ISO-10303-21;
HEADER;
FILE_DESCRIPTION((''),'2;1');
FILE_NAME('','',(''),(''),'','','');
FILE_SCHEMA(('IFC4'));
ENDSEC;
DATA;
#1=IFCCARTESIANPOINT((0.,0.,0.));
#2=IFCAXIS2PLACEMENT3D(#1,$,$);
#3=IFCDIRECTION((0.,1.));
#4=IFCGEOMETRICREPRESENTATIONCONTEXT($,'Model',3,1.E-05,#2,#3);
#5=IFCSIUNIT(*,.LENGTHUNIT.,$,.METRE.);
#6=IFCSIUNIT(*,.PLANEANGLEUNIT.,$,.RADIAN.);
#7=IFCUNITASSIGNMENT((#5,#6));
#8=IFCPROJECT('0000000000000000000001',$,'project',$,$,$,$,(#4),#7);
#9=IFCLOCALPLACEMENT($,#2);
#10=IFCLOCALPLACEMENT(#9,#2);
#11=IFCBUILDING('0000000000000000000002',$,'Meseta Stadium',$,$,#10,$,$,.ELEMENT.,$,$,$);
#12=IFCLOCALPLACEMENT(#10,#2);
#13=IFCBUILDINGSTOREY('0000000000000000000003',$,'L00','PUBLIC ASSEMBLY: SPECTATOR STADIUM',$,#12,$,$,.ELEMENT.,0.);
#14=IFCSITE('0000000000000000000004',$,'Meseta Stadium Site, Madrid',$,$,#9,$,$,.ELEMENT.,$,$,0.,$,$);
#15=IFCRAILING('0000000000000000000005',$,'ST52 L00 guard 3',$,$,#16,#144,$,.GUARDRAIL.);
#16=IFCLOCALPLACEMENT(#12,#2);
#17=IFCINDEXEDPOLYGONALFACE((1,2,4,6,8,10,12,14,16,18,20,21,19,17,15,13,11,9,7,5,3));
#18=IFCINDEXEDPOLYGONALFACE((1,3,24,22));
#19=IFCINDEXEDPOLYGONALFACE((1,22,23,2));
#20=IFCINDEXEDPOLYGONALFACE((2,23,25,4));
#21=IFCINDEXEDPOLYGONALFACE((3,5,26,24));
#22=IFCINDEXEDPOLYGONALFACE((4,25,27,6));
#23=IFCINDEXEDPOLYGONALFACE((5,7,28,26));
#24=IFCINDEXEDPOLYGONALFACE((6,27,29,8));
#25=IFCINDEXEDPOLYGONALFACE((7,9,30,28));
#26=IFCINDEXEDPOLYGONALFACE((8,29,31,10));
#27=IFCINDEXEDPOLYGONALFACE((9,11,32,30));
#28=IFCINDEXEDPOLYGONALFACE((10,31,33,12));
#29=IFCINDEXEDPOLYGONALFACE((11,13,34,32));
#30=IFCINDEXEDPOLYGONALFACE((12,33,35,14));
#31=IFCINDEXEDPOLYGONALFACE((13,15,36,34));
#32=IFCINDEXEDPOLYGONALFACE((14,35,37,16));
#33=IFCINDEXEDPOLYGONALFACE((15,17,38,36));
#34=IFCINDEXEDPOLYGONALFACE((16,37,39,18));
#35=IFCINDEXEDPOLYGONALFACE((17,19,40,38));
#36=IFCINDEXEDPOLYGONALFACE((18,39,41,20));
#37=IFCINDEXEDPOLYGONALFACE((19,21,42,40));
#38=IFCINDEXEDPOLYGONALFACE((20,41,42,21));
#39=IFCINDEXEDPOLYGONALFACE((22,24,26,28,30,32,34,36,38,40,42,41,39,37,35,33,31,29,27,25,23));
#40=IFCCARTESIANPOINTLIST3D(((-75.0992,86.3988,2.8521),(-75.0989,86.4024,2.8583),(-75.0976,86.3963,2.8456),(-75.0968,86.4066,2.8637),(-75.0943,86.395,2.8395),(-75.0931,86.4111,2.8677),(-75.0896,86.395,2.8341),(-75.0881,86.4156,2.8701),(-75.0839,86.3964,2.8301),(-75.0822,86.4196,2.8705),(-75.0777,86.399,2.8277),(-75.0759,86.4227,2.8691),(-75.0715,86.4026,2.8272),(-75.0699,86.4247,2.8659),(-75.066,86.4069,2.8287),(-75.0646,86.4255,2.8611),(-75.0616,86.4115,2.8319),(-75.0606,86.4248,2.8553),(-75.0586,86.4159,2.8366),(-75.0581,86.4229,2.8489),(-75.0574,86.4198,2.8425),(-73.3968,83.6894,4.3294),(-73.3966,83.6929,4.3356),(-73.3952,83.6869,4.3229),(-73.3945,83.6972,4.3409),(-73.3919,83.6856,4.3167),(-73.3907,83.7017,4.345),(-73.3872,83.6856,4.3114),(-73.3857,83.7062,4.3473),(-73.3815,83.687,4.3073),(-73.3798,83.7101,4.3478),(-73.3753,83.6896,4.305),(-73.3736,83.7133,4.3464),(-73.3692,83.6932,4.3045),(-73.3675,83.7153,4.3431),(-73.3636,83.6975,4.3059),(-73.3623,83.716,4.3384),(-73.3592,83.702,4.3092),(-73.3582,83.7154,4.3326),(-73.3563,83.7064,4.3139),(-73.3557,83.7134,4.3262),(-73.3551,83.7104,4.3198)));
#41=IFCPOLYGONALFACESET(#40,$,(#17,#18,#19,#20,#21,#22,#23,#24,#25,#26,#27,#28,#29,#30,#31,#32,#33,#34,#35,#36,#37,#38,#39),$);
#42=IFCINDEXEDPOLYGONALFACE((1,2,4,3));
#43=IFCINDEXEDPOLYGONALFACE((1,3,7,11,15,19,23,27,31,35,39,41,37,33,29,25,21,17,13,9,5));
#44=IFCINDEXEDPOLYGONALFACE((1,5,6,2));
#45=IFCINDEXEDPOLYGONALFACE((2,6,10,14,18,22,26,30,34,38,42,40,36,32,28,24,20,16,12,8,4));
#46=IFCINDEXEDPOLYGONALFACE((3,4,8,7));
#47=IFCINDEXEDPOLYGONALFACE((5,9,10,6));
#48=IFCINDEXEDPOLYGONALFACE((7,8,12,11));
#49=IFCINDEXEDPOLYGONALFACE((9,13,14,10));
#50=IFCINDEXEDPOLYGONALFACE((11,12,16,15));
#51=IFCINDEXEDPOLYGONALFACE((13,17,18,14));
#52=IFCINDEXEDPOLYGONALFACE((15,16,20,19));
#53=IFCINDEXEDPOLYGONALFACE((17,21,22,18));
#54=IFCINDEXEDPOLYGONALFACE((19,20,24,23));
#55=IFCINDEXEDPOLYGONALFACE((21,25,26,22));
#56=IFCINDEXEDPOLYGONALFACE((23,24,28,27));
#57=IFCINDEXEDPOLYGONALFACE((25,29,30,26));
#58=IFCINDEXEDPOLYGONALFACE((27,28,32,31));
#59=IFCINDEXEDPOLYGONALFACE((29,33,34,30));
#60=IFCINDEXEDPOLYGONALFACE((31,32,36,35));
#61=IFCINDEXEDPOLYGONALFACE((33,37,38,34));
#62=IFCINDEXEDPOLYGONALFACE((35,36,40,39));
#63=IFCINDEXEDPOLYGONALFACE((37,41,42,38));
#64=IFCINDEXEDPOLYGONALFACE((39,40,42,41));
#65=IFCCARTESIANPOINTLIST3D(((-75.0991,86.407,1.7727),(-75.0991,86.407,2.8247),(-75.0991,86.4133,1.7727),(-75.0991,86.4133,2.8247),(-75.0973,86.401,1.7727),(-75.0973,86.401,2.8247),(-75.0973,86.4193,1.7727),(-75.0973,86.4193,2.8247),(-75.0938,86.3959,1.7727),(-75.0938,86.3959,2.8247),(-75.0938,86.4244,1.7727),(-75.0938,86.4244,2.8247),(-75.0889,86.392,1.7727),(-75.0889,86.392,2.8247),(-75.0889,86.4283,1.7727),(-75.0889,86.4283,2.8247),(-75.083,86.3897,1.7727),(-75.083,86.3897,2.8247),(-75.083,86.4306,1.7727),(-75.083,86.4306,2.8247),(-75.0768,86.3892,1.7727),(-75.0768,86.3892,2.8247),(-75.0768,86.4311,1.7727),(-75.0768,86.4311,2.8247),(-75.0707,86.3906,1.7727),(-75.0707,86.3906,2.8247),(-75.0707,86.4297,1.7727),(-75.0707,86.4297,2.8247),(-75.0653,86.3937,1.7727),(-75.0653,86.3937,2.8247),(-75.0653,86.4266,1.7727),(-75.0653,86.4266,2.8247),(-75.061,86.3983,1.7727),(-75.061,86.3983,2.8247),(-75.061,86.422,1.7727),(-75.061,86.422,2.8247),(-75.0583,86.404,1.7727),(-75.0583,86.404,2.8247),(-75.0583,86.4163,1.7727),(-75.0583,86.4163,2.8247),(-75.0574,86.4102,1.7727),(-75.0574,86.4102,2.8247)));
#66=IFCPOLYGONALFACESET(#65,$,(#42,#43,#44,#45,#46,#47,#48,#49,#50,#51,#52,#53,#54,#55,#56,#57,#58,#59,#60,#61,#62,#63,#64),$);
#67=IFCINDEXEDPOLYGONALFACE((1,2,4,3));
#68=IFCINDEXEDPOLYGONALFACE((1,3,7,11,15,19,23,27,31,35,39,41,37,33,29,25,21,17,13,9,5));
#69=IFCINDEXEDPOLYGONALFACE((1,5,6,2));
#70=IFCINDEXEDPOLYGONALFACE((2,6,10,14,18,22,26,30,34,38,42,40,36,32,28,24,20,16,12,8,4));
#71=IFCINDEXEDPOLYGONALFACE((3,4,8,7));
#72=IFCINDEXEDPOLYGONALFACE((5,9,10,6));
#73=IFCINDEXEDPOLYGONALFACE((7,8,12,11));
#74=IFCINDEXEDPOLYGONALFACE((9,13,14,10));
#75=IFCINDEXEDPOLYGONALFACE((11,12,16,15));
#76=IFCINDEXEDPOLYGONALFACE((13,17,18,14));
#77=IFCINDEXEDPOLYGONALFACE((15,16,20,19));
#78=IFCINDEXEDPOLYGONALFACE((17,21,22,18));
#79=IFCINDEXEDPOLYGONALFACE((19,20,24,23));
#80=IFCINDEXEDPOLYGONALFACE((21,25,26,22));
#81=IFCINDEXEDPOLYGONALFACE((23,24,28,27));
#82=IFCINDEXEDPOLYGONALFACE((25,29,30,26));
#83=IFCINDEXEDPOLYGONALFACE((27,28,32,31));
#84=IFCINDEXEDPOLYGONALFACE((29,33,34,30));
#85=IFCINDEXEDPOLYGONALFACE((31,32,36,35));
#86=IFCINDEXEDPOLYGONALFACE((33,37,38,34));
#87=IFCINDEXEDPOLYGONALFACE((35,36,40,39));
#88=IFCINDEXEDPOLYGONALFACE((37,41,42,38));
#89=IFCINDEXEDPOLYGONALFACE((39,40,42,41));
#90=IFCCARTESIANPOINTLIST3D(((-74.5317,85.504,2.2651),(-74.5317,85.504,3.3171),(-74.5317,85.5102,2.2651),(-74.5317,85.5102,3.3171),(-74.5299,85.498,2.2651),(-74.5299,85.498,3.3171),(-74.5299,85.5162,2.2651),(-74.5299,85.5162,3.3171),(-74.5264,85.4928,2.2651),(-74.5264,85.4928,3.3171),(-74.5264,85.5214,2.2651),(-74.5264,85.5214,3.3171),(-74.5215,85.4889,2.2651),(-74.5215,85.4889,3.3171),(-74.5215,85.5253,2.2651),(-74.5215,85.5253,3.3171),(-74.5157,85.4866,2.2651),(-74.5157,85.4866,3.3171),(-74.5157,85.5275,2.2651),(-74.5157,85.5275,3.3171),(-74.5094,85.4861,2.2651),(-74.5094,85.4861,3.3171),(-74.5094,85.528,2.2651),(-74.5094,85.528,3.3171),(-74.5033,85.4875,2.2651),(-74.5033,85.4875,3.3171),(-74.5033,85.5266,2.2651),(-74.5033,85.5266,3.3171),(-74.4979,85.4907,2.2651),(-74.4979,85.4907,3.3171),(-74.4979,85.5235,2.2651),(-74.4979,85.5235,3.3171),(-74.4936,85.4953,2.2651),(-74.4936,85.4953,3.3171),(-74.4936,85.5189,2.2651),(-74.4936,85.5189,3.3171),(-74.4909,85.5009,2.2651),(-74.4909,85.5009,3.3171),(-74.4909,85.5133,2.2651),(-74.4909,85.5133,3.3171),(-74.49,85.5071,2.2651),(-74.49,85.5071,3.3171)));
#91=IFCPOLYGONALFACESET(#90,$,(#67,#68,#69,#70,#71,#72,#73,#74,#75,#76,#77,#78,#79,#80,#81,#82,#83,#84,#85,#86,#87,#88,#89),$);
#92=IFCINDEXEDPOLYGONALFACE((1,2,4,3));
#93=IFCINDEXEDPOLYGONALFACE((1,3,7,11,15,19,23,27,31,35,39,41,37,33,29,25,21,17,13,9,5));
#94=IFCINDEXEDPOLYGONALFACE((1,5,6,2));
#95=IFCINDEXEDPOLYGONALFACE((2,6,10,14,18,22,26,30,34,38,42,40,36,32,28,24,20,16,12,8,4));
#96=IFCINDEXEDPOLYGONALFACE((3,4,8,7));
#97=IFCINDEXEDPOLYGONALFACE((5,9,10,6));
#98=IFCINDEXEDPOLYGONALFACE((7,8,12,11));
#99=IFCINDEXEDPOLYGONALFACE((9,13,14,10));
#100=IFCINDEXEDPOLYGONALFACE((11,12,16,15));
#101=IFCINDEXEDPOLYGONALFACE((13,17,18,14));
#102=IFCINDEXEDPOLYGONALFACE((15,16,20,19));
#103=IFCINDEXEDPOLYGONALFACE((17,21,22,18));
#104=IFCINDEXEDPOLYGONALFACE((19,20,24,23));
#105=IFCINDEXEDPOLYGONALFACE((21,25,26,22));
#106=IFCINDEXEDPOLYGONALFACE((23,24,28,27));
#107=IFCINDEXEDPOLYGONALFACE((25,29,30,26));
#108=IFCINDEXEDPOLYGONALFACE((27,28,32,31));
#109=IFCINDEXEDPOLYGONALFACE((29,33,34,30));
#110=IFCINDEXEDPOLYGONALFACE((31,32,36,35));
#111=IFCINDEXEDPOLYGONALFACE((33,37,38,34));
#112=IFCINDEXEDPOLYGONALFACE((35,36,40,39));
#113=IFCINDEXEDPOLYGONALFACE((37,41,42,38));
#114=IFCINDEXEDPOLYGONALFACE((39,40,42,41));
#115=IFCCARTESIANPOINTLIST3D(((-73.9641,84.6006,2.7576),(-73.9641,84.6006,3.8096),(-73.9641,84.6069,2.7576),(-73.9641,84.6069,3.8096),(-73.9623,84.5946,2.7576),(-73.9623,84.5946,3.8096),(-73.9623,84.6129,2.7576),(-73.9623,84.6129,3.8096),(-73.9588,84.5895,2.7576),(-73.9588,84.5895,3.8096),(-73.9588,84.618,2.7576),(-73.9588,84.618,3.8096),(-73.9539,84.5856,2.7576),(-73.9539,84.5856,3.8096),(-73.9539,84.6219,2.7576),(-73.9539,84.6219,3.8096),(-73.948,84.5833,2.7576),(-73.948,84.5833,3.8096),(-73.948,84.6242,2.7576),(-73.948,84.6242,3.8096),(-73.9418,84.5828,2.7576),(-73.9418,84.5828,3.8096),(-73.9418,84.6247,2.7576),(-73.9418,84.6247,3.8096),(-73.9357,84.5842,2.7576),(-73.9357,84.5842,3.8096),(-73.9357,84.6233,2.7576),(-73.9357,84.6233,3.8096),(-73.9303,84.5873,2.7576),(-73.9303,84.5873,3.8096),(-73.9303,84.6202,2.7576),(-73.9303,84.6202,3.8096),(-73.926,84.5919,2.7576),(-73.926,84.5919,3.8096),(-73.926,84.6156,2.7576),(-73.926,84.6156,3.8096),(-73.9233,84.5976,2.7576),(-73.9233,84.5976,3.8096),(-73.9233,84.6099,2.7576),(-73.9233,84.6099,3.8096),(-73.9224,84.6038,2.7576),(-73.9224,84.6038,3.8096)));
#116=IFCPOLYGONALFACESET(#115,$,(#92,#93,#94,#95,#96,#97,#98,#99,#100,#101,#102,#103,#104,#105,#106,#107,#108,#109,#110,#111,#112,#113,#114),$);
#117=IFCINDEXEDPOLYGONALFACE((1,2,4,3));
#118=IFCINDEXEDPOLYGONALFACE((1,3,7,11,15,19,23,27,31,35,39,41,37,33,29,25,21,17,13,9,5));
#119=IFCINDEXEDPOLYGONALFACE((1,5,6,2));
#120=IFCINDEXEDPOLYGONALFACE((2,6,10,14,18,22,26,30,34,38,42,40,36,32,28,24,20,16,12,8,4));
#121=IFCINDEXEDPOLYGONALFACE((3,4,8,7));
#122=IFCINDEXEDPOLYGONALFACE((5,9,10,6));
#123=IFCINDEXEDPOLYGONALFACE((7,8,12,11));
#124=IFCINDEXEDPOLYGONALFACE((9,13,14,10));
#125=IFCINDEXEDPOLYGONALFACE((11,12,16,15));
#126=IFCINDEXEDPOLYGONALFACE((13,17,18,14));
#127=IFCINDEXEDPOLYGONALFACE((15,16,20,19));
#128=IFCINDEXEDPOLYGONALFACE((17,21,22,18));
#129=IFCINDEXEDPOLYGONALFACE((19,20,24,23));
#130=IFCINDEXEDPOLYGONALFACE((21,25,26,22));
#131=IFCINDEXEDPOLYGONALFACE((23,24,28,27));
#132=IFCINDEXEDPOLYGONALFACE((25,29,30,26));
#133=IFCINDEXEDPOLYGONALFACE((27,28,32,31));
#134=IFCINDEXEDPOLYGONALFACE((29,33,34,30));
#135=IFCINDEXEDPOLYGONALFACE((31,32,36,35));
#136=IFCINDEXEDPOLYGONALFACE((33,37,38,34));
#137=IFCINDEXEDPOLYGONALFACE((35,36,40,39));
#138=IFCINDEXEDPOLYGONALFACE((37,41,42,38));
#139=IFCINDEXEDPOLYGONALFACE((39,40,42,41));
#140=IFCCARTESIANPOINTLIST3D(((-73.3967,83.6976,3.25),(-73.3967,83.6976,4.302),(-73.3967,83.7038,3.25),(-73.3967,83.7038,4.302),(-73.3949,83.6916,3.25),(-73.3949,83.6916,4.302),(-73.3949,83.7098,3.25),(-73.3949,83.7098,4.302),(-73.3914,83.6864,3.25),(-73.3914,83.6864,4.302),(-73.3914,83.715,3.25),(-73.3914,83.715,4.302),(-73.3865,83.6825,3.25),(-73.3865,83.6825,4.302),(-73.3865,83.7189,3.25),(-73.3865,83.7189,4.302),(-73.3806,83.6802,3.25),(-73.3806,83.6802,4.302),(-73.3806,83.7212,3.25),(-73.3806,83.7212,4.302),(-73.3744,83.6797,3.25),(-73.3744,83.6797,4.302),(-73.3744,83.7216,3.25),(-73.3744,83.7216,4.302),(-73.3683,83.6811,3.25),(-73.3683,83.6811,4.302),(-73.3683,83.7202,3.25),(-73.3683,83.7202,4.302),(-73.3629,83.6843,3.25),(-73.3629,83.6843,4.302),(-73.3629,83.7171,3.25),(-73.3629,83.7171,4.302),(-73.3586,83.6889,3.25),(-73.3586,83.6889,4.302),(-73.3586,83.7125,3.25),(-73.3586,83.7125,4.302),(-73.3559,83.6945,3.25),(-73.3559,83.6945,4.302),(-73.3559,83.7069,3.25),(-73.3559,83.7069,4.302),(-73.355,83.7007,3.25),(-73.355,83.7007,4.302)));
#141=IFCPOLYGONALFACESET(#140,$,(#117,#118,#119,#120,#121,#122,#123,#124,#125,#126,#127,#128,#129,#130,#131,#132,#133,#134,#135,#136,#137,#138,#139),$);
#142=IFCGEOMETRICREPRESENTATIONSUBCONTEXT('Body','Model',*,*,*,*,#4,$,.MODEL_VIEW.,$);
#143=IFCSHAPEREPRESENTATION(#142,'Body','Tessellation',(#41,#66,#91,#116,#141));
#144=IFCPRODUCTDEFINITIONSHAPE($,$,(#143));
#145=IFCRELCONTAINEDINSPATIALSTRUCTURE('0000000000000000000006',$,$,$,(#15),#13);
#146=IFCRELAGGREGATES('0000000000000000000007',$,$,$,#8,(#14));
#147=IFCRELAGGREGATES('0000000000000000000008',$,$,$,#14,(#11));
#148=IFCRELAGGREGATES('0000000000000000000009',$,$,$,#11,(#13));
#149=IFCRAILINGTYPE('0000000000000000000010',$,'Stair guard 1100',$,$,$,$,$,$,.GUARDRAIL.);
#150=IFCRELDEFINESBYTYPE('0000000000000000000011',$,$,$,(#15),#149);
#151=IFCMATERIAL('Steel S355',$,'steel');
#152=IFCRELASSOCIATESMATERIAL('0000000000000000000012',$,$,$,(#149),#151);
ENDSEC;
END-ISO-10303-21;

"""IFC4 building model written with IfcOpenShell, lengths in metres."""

from ifc_helpers import new_model, si_unit, direction, frame, origin, origin_2d, place, context, subcontext, project, spatial, circle, extrude, material, type_object, element, save


model = new_model("IFC4")

# Units and contexts
model_context = context("Model", 3, precision=1e-05, world=origin(), true_north=direction((0.0, 1.0)))
body_context = subcontext(model_context, "Body", "Model", "MODEL_VIEW")
ifc_project = project(units=[si_unit("LENGTHUNIT", "METRE"), si_unit("PLANEANGLEUNIT", "RADIAN")], contexts=[model_context])

# Site, building, storey
site_placement = place(None, origin())
site = spatial("IfcSite", under=ifc_project, at=site_placement, Name="Meseta Stadium Site, Madrid", CompositionType="ELEMENT", RefElevation=0.0)
building_placement = place(site_placement, origin())
building = spatial("IfcBuilding", under=site, at=building_placement, Name="Meseta Stadium", CompositionType="ELEMENT")
storey_placement = place(building_placement, origin())
storey = spatial("IfcBuildingStorey", under=building, at=storey_placement, Name="L00", Description="PUBLIC ASSEMBLY: SPECTATOR STADIUM", CompositionType="ELEMENT", Elevation=0.0)

# Railing
ifc_material_1 = material(Name="Steel S355", Category="steel")
railing_type_1 = type_object("IfcRailingType", Name="Stair guard 1100", PredefinedType="GUARDRAIL", material=ifc_material_1)
railing_1_placement = place(storey_placement, frame((-75.0784, 86.4102, 1.7727)))
element("IfcRailing", 1, at=railing_1_placement, inside=storey, type_object=railing_type_1, Name="ST52 L00 guard 3", PredefinedType="GUARDRAIL", context=body_context, shape_type="SweptSolid", body=[
    extrude(circle(Radius=0.0239, at=origin_2d()), frame((0.0, 0.0, 1.0762), z_axis=(0.483023, -0.768764, 0.419156), x_axis=(0.846736, 0.532014, 0.0)), (0.0, 0.0, 1.0), 3.5244),
    extrude(circle(Radius=0.021, at=origin_2d()), origin(), (0.0, 0.0, 1.0), 1.052),
    extrude(circle(Radius=0.021, at=origin_2d()), frame((0.5674, -0.9031, 0.4924)), (0.0, 0.0, 1.0), 1.052),
    extrude(circle(Radius=0.021, at=origin_2d()), frame((1.135, -1.8064, 0.9849)), (0.0, 0.0, 1.0), 1.052),
    extrude(circle(Radius=0.021, at=origin_2d()), frame((1.7024, -2.7095, 1.4773)), (0.0, 0.0, 1.0), 1.052),
])

save(model, "model.ifc")
